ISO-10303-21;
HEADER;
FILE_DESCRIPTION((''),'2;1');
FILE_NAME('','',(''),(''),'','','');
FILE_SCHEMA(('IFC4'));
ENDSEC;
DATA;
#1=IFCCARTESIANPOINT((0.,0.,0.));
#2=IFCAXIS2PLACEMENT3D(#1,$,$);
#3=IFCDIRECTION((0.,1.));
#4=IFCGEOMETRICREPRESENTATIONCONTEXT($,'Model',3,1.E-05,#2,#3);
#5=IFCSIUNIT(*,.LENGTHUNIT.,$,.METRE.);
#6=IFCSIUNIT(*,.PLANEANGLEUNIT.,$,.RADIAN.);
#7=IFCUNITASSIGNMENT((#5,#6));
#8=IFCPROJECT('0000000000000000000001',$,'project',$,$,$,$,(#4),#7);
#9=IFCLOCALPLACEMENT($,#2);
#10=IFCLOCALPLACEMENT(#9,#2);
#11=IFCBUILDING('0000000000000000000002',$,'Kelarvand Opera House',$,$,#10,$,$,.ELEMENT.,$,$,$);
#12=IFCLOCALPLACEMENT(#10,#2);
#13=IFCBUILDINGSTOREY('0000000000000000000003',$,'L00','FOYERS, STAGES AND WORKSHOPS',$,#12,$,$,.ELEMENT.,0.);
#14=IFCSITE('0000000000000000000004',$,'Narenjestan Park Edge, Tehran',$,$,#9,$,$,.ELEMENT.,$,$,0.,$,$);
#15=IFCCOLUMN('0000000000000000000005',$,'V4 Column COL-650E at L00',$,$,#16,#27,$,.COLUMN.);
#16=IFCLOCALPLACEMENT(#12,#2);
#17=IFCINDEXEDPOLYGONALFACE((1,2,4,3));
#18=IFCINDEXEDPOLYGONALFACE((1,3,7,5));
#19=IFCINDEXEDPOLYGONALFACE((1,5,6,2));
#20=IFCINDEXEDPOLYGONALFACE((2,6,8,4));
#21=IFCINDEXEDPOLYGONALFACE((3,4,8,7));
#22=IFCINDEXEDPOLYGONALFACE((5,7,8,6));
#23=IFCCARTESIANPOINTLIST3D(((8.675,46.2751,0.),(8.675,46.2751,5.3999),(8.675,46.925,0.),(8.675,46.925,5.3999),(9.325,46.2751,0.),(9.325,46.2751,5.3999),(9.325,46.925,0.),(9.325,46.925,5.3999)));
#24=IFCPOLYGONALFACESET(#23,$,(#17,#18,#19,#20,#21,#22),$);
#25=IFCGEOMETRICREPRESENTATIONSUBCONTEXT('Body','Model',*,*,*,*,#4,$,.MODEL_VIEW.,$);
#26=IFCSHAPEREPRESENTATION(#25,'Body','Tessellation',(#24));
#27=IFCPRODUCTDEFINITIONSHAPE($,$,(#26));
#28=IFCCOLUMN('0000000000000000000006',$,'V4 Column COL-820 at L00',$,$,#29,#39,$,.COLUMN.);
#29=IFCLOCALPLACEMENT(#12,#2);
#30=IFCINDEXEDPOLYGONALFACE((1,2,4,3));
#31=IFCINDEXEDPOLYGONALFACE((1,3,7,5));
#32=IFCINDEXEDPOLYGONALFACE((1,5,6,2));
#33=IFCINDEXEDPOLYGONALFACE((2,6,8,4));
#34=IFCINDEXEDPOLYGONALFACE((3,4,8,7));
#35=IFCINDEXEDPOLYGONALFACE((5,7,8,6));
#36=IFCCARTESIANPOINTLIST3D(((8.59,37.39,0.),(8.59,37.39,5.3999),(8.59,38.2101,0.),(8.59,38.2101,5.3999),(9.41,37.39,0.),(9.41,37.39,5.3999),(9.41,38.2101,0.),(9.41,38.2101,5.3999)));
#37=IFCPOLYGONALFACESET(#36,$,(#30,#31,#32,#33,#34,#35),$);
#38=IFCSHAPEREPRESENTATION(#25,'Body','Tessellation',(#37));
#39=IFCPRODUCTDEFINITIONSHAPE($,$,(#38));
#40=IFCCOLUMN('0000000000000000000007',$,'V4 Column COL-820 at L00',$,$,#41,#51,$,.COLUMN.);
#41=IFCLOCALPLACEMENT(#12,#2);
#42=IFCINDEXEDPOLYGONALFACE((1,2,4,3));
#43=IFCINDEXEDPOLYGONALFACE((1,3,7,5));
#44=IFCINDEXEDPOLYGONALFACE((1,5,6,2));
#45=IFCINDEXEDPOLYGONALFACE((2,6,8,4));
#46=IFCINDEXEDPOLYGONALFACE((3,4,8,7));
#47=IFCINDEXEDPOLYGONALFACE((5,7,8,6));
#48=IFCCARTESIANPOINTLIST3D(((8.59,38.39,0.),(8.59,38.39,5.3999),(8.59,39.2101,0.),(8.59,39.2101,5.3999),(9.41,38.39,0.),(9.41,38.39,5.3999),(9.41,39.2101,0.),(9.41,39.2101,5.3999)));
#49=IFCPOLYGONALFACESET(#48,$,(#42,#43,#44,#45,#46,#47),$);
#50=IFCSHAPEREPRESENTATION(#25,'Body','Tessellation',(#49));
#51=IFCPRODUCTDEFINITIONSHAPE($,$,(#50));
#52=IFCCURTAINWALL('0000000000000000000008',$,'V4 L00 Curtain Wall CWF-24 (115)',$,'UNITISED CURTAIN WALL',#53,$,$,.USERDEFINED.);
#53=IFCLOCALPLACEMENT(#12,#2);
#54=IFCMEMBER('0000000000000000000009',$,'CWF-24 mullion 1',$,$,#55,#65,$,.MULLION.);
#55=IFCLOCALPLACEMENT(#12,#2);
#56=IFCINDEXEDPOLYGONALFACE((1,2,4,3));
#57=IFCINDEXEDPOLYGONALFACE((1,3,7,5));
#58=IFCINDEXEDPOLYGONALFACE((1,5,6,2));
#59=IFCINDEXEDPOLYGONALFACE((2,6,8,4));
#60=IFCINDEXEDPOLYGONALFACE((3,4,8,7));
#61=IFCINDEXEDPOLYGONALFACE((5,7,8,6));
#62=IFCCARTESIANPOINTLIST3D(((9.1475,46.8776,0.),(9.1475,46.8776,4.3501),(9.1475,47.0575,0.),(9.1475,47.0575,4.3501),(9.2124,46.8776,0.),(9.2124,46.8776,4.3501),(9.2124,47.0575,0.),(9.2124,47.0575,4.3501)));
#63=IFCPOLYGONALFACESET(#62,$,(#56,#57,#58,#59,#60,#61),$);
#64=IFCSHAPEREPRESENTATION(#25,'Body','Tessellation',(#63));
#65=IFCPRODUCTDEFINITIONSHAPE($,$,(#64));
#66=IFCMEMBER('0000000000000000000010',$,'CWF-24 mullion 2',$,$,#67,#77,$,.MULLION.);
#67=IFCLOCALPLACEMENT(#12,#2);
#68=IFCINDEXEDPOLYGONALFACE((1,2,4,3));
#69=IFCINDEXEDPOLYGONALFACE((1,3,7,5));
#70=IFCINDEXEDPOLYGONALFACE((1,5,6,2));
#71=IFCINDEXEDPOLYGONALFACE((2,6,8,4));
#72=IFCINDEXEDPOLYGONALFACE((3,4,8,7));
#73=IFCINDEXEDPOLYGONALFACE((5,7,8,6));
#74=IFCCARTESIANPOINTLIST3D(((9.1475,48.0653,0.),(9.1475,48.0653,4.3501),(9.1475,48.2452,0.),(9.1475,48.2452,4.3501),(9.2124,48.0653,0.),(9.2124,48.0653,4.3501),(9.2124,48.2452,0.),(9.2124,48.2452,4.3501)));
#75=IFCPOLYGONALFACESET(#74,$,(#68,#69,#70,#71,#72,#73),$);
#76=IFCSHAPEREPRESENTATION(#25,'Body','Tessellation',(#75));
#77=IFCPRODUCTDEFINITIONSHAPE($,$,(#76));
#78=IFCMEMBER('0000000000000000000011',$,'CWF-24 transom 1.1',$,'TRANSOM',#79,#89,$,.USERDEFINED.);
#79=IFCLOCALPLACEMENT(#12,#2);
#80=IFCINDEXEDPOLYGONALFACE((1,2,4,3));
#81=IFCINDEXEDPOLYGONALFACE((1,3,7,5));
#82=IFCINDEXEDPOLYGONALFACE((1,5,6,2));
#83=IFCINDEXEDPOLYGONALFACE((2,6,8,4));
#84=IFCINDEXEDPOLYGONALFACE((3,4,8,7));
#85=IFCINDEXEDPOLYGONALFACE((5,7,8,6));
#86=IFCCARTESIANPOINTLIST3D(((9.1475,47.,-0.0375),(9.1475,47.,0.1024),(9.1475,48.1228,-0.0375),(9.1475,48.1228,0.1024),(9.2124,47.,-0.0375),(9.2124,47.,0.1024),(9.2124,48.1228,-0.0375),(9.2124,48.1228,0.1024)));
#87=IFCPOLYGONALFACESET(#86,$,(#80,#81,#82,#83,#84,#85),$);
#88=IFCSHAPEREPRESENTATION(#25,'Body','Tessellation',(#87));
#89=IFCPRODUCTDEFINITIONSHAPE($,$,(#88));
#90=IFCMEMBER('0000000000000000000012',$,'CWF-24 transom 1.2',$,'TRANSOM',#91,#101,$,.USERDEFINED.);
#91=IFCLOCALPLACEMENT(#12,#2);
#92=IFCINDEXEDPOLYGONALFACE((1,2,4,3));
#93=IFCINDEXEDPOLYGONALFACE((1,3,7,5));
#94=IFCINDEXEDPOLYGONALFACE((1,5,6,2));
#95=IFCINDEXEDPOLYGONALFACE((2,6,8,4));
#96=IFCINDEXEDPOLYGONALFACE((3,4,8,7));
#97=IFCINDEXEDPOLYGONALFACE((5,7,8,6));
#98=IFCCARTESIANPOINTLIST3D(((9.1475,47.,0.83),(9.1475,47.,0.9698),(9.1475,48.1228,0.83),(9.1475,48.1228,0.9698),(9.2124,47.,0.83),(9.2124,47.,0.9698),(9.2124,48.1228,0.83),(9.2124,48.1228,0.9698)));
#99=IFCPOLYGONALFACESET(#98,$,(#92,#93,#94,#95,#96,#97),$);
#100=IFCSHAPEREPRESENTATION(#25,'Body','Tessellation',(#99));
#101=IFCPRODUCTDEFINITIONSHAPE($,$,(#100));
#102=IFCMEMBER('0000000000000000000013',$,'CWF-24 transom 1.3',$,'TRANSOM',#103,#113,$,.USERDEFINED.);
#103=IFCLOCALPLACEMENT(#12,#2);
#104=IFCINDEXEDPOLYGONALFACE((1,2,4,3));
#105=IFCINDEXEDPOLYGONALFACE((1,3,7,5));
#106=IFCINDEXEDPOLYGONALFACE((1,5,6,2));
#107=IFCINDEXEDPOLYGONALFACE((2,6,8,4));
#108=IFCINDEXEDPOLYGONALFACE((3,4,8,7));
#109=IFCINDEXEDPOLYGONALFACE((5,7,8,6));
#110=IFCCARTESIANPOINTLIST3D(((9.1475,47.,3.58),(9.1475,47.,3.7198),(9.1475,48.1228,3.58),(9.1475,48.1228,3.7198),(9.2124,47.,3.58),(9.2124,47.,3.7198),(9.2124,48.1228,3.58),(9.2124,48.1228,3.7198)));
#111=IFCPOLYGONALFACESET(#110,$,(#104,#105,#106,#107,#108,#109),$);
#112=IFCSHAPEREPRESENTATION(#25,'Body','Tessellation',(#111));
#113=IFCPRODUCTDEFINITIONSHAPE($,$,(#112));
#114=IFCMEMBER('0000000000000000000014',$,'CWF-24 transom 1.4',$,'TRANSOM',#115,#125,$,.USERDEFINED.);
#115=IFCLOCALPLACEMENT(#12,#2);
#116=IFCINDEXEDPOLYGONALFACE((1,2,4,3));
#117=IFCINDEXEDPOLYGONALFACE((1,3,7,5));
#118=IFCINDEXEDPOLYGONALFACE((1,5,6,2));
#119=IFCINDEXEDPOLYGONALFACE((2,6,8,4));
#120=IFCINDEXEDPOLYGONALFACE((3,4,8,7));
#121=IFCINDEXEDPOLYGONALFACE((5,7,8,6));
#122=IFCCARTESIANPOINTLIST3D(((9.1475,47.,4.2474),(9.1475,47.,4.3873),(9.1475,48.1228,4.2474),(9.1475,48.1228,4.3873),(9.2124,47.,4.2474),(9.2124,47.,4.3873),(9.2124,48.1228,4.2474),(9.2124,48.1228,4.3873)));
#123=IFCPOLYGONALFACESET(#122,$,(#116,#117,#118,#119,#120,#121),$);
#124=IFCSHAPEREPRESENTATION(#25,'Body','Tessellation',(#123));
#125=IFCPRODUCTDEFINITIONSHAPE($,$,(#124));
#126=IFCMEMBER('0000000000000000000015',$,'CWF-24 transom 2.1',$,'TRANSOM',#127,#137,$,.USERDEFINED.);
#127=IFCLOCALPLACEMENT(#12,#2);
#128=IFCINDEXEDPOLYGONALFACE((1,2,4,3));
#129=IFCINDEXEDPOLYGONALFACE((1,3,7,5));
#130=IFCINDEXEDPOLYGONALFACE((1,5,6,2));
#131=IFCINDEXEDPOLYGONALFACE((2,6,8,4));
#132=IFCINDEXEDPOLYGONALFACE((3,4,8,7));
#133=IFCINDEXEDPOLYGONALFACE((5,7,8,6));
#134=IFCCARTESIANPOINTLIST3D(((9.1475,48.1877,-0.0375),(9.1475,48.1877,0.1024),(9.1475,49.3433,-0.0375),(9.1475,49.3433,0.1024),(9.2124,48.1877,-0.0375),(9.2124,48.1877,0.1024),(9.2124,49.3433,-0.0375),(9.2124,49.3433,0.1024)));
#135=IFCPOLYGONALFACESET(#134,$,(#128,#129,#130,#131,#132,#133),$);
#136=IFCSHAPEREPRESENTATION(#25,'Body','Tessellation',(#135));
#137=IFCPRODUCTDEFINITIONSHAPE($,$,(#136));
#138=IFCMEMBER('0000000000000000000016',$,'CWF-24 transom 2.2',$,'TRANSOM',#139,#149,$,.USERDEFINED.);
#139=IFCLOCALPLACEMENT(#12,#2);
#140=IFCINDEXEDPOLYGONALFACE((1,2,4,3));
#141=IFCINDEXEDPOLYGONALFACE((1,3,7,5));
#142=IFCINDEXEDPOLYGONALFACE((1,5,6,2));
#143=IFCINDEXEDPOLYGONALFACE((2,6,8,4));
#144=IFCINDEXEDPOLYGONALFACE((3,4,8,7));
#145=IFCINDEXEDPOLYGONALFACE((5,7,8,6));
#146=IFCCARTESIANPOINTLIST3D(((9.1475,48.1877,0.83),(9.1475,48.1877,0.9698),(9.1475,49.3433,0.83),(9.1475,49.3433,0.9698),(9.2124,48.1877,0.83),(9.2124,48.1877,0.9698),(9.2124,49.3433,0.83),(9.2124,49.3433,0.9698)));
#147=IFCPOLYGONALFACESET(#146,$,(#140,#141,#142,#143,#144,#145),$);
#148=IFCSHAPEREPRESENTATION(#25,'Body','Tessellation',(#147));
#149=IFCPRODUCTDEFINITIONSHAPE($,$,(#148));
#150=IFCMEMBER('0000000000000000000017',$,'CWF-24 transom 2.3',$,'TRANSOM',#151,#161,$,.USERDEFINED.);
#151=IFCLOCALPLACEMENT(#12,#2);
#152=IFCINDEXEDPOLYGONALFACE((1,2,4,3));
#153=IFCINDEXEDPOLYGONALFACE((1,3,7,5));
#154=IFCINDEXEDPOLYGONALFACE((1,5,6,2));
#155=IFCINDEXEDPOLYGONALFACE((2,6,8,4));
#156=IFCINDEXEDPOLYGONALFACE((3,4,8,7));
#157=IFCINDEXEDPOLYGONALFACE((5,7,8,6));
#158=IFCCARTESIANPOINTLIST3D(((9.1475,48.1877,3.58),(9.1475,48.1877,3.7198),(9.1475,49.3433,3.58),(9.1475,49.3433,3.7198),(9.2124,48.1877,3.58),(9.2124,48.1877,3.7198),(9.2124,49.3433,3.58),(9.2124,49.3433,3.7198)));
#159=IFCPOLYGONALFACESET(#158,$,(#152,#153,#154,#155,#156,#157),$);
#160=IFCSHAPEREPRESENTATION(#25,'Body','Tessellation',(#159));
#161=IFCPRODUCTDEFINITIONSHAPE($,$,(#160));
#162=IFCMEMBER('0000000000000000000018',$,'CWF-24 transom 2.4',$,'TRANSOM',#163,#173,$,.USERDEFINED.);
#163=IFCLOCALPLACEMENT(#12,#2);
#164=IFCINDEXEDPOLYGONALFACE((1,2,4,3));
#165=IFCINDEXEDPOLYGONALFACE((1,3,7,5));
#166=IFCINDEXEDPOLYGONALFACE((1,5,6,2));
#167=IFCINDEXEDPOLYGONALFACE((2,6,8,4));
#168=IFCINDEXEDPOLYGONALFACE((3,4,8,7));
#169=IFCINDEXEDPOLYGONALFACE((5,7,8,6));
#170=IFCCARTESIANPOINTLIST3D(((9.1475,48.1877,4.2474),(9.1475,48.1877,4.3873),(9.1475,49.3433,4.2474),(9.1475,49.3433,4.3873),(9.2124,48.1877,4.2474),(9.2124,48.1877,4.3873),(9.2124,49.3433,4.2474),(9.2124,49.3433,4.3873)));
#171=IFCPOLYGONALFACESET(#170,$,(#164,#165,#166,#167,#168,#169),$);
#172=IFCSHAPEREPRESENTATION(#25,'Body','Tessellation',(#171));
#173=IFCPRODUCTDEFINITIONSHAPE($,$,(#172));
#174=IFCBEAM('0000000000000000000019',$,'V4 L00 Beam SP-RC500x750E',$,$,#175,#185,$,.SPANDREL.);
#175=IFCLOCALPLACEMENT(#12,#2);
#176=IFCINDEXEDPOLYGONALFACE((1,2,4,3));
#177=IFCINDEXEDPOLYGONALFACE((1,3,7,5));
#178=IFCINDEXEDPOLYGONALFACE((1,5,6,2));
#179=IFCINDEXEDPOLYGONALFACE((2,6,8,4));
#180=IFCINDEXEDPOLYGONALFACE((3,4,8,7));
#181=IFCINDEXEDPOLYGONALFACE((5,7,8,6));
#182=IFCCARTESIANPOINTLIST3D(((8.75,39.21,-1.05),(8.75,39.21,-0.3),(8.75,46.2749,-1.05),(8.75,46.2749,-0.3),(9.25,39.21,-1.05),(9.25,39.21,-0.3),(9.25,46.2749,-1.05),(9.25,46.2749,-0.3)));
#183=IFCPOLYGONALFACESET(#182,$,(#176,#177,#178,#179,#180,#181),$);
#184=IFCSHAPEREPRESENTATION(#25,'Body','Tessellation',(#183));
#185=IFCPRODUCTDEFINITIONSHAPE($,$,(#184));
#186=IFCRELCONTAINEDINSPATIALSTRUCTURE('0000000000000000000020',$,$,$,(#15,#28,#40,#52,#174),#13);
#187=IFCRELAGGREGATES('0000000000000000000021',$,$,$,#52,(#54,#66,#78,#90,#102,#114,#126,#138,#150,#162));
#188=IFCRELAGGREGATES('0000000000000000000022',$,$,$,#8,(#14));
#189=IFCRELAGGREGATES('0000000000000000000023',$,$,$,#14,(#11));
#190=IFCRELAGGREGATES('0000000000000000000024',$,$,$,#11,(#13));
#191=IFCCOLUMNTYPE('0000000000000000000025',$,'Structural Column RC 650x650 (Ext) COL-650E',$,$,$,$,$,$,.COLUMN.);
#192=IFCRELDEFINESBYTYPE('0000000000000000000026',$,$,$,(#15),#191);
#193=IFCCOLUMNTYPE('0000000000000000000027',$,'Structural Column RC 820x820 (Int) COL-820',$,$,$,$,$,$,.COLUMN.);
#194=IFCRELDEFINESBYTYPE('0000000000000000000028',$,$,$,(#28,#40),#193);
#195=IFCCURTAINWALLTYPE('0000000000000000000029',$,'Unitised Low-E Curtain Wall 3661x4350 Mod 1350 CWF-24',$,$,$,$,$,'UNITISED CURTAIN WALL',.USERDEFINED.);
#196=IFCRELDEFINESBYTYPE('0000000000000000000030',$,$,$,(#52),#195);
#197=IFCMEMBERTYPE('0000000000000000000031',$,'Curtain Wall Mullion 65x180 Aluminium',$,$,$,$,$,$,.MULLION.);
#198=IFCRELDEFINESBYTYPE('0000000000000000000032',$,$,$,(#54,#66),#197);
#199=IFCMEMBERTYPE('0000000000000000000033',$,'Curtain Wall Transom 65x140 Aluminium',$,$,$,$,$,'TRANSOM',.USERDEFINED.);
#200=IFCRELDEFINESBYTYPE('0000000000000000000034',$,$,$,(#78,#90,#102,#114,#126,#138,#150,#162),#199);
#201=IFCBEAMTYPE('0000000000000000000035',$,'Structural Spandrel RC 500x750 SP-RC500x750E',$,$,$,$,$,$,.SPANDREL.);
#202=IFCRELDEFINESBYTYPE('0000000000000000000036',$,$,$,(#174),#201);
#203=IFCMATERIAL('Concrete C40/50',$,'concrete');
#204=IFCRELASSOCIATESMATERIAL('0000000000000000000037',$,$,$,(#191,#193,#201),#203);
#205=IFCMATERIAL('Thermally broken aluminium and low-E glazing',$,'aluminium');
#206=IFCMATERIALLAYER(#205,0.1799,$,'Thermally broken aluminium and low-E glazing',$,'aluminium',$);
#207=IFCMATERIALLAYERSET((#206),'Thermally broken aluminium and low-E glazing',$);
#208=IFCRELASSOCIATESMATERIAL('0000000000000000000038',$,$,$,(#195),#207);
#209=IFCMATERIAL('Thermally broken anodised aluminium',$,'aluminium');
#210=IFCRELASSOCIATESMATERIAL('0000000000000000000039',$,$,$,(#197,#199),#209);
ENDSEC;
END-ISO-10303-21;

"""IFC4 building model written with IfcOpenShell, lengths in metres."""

from ifc_helpers import new_model, si_unit, direction, frame, origin, origin_2d, place, context, subcontext, project, spatial, rectangle, extrude, material, layer, layer_set, material_profile, profile_set, type_object, element, aggregate, save


model = new_model("IFC4")

# Units and contexts
model_context = context("Model", 3, precision=1e-05, world=origin(), true_north=direction((0.0, 1.0)))
body_context = subcontext(model_context, "Body", "Model", "MODEL_VIEW")
ifc_project = project(units=[si_unit("LENGTHUNIT", "METRE"), si_unit("PLANEANGLEUNIT", "RADIAN")], contexts=[model_context])

# Site, building, storey
site_placement = place(None, origin())
site = spatial("IfcSite", under=ifc_project, at=site_placement, Name="Narenjestan Park Edge, Tehran", CompositionType="ELEMENT", RefElevation=0.0)
building_placement = place(site_placement, origin())
building = spatial("IfcBuilding", under=site, at=building_placement, Name="Kelarvand Opera House", CompositionType="ELEMENT")
storey_placement = place(building_placement, origin())
storey = spatial("IfcBuildingStorey", under=building, at=storey_placement, Name="L00", Description="FOYERS, STAGES AND WORKSHOPS", CompositionType="ELEMENT", Elevation=0.0)

# Columns
ifc_material_1 = material(Name="Concrete C40/50", Category="concrete")
ifc_material_profile_1 = material_profile(ifc_material_1, rectangle(XDim=0.6499, YDim=0.6499, at=origin_2d()), Name="RC 650x650", Category="concrete")
ifc_profile_set_1 = profile_set([ifc_material_profile_1], Name="Concrete C40/50")
column_type_1 = type_object("IfcColumnType", Name="Structural Column RC 650x650 (Ext) COL-650E", PredefinedType="COLUMN", material=ifc_profile_set_1)
column_placement = place(storey_placement, frame((9.0, 46.6001, 0.0), z_axis=(0.0, 0.0, 1.0), x_axis=(1.0, 0.0, 0.0)))
element("IfcColumn", 1, at=column_placement, inside=storey, type_object=column_type_1, Name="V4 Column COL-650E at L00", PredefinedType="COLUMN", context=body_context, shape_type="SweptSolid", body=[
    extrude(rectangle(XDim=0.6499, YDim=0.6499, at=origin_2d()), origin(), (0.0, 0.0, 1.0), 5.3999),
])
ifc_material_profile_2 = material_profile(ifc_material_1, rectangle(XDim=0.8201, YDim=0.8201, at=origin_2d()), Name="RC 820x820", Category="concrete")
ifc_profile_set_2 = profile_set([ifc_material_profile_2], Name="Concrete C40/50")
column_type_2 = type_object("IfcColumnType", Name="Structural Column RC 820x820 (Int) COL-820", PredefinedType="COLUMN", material=ifc_profile_set_2)
for number, where, z_axis, x_axis, name in (
    (2, (9.0, 37.8, 0.0), (0.0, 0.0, 1.0), (1.0, 0.0, 0.0), "V4 Column COL-820 at L00"),
    (3, (9.0, 38.8, 0.0), (0.0, 0.0, 1.0), (1.0, 0.0, 0.0), "V4 Column COL-820 at L00"),
):
    element("IfcColumn", number, at=place(storey_placement, frame(where, z_axis=z_axis, x_axis=x_axis)), inside=storey, type_object=column_type_2, Name=name, PredefinedType="COLUMN", context=body_context, shape_type="SweptSolid", body=[
        extrude(rectangle(XDim=0.8201, YDim=0.8201, at=origin_2d()), origin(), (0.0, 0.0, 1.0), 5.3999),
    ])

# Curtain wall, members
ifc_material_2 = material(Name="Thermally broken aluminium and low-E glazing", Category="aluminium")
ifc_layer_1 = layer(ifc_material_2, 0.1799, Name="Thermally broken aluminium and low-E glazing", Category="aluminium")
ifc_layer_set_1 = layer_set([ifc_layer_1], Name="Thermally broken aluminium and low-E glazing")
curtain_wall_type = type_object("IfcCurtainWallType", Name="Unitised Low-E Curtain Wall 3661x4350 Mod 1350 CWF-24", ElementType="UNITISED CURTAIN WALL", PredefinedType="USERDEFINED", material=ifc_layer_set_1)
curtain_wall_placement = place(storey_placement, origin())
curtain_wall = element("IfcCurtainWall", 4, at=curtain_wall_placement, inside=storey, type_object=curtain_wall_type, Name="V4 L00 Curtain Wall CWF-24 (115)", ObjectType="UNITISED CURTAIN WALL", PredefinedType="USERDEFINED")
ifc_material_3 = material(Name="Thermally broken anodised aluminium", Category="aluminium")
ifc_material_profile_3 = material_profile(ifc_material_3, rectangle(XDim=0.0649, YDim=0.1799, at=origin_2d()), Name="ALU MULLION 65x180", Category="aluminium")
ifc_profile_set_3 = profile_set([ifc_material_profile_3], Name="Thermally broken anodised aluminium")
member_type_1 = type_object("IfcMemberType", Name="Curtain Wall Mullion 65x180 Aluminium", PredefinedType="MULLION", material=ifc_profile_set_3)
member_1_placement = place(storey_placement, frame((9.1799, 46.9675, 0.0), z_axis=(0.0, 0.0, 1.0), x_axis=(-1.0, 0.0, 0.0)))
member_1 = element("IfcMember", 5, at=member_1_placement, type_object=member_type_1, Name="CWF-24 mullion 1", PredefinedType="MULLION", context=body_context, shape_type="SweptSolid", body=[
    extrude(rectangle(XDim=0.0649, YDim=0.1799, at=origin_2d()), origin(), (0.0, 0.0, 1.0), 4.3501),
])
member_2_placement = place(storey_placement, frame((9.1799, 48.1553, 0.0), z_axis=(0.0, 0.0, 1.0), x_axis=(-1.0, 0.0, 0.0)))
member_2 = element("IfcMember", 6, at=member_2_placement, type_object=member_type_1, Name="CWF-24 mullion 2", PredefinedType="MULLION", context=body_context, shape_type="SweptSolid", body=[
    extrude(rectangle(XDim=0.0649, YDim=0.1799, at=origin_2d()), origin(), (0.0, 0.0, 1.0), 4.3501),
])
ifc_material_profile_4 = material_profile(ifc_material_3, rectangle(XDim=0.0649, YDim=0.1399, at=origin_2d()), Name="ALU TRANSOM 65x140", Category="aluminium")
ifc_profile_set_4 = profile_set([ifc_material_profile_4], Name="Thermally broken anodised aluminium")
member_type_2 = type_object("IfcMemberType", Name="Curtain Wall Transom 65x140 Aluminium", ElementType="TRANSOM", PredefinedType="USERDEFINED", material=ifc_profile_set_4)
member_3_placement = place(storey_placement, frame((9.1799, 47.0, 0.0325), z_axis=(0.0, 1.0, 0.0), x_axis=(-1.0, 0.0, 0.0)))
member_3 = element("IfcMember", 7, at=member_3_placement, type_object=member_type_2, Name="CWF-24 transom 1.1", ObjectType="TRANSOM", PredefinedType="USERDEFINED", context=body_context, shape_type="SweptSolid", body=[
    extrude(rectangle(XDim=0.0649, YDim=0.1399, at=origin_2d()), origin(), (0.0, 0.0, 1.0), 1.1228),
])
member_4_placement = place(storey_placement, frame((9.1799, 47.0, 0.8999), z_axis=(0.0, 1.0, 0.0), x_axis=(-1.0, 0.0, 0.0)))
member_4 = element("IfcMember", 8, at=member_4_placement, type_object=member_type_2, Name="CWF-24 transom 1.2", ObjectType="TRANSOM", PredefinedType="USERDEFINED", context=body_context, shape_type="SweptSolid", body=[
    extrude(rectangle(XDim=0.0649, YDim=0.1399, at=origin_2d()), origin(), (0.0, 0.0, 1.0), 1.1228),
])
member_5_placement = place(storey_placement, frame((9.1799, 47.0, 3.6499), z_axis=(0.0, 1.0, 0.0), x_axis=(-1.0, 0.0, 0.0)))
member_5 = element("IfcMember", 9, at=member_5_placement, type_object=member_type_2, Name="CWF-24 transom 1.3", ObjectType="TRANSOM", PredefinedType="USERDEFINED", context=body_context, shape_type="SweptSolid", body=[
    extrude(rectangle(XDim=0.0649, YDim=0.1399, at=origin_2d()), origin(), (0.0, 0.0, 1.0), 1.1228),
])
member_6_placement = place(storey_placement, frame((9.1799, 47.0, 4.3174), z_axis=(0.0, 1.0, 0.0), x_axis=(-1.0, 0.0, 0.0)))
member_6 = element("IfcMember", 10, at=member_6_placement, type_object=member_type_2, Name="CWF-24 transom 1.4", ObjectType="TRANSOM", PredefinedType="USERDEFINED", context=body_context, shape_type="SweptSolid", body=[
    extrude(rectangle(XDim=0.0649, YDim=0.1399, at=origin_2d()), origin(), (0.0, 0.0, 1.0), 1.1228),
])
member_7_placement = place(storey_placement, frame((9.1799, 48.1877, 0.0325), z_axis=(0.0, 1.0, 0.0), x_axis=(-1.0, 0.0, 0.0)))
member_7 = element("IfcMember", 11, at=member_7_placement, type_object=member_type_2, Name="CWF-24 transom 2.1", ObjectType="TRANSOM", PredefinedType="USERDEFINED", context=body_context, shape_type="SweptSolid", body=[
    extrude(rectangle(XDim=0.0649, YDim=0.1399, at=origin_2d()), origin(), (0.0, 0.0, 1.0), 1.1555),
])
member_8_placement = place(storey_placement, frame((9.1799, 48.1877, 0.8999), z_axis=(0.0, 1.0, 0.0), x_axis=(-1.0, 0.0, 0.0)))
member_8 = element("IfcMember", 12, at=member_8_placement, type_object=member_type_2, Name="CWF-24 transom 2.2", ObjectType="TRANSOM", PredefinedType="USERDEFINED", context=body_context, shape_type="SweptSolid", body=[
    extrude(rectangle(XDim=0.0649, YDim=0.1399, at=origin_2d()), origin(), (0.0, 0.0, 1.0), 1.1555),
])
member_9_placement = place(storey_placement, frame((9.1799, 48.1877, 3.6499), z_axis=(0.0, 1.0, 0.0), x_axis=(-1.0, 0.0, 0.0)))
member_9 = element("IfcMember", 13, at=member_9_placement, type_object=member_type_2, Name="CWF-24 transom 2.3", ObjectType="TRANSOM", PredefinedType="USERDEFINED", context=body_context, shape_type="SweptSolid", body=[
    extrude(rectangle(XDim=0.0649, YDim=0.1399, at=origin_2d()), origin(), (0.0, 0.0, 1.0), 1.1555),
])
member_10_placement = place(storey_placement, frame((9.1799, 48.1877, 4.3174), z_axis=(0.0, 1.0, 0.0), x_axis=(-1.0, 0.0, 0.0)))
member_10 = element("IfcMember", 14, at=member_10_placement, type_object=member_type_2, Name="CWF-24 transom 2.4", ObjectType="TRANSOM", PredefinedType="USERDEFINED", context=body_context, shape_type="SweptSolid", body=[
    extrude(rectangle(XDim=0.0649, YDim=0.1399, at=origin_2d()), origin(), (0.0, 0.0, 1.0), 1.1555),
])

# Beam
ifc_material_profile_5 = material_profile(ifc_material_1, rectangle(XDim=0.5, YDim=0.75, at=origin_2d()), Name="RC 500x750", Category="concrete")
ifc_profile_set_5 = profile_set([ifc_material_profile_5], Name="Concrete C40/50")
beam_type = type_object("IfcBeamType", Name="Structural Spandrel RC 500x750 SP-RC500x750E", PredefinedType="SPANDREL", material=ifc_profile_set_5)
beam_1_placement = place(storey_placement, frame((9.0, 39.21, -0.675), z_axis=(0.0, 1.0, 0.0), x_axis=(-1.0, 0.0, 0.0)))
element("IfcBeam", 15, at=beam_1_placement, inside=storey, type_object=beam_type, Name="V4 L00 Beam SP-RC500x750E", PredefinedType="SPANDREL", context=body_context, shape_type="SweptSolid", body=[
    extrude(rectangle(XDim=0.5, YDim=0.75, at=origin_2d()), origin(), (0.0, 0.0, 1.0), 7.0649),
])

aggregate(curtain_wall, [member_1, member_2, member_3, member_4, member_5, member_6, member_7, member_8, member_9, member_10])

save(model, "model.ifc")
